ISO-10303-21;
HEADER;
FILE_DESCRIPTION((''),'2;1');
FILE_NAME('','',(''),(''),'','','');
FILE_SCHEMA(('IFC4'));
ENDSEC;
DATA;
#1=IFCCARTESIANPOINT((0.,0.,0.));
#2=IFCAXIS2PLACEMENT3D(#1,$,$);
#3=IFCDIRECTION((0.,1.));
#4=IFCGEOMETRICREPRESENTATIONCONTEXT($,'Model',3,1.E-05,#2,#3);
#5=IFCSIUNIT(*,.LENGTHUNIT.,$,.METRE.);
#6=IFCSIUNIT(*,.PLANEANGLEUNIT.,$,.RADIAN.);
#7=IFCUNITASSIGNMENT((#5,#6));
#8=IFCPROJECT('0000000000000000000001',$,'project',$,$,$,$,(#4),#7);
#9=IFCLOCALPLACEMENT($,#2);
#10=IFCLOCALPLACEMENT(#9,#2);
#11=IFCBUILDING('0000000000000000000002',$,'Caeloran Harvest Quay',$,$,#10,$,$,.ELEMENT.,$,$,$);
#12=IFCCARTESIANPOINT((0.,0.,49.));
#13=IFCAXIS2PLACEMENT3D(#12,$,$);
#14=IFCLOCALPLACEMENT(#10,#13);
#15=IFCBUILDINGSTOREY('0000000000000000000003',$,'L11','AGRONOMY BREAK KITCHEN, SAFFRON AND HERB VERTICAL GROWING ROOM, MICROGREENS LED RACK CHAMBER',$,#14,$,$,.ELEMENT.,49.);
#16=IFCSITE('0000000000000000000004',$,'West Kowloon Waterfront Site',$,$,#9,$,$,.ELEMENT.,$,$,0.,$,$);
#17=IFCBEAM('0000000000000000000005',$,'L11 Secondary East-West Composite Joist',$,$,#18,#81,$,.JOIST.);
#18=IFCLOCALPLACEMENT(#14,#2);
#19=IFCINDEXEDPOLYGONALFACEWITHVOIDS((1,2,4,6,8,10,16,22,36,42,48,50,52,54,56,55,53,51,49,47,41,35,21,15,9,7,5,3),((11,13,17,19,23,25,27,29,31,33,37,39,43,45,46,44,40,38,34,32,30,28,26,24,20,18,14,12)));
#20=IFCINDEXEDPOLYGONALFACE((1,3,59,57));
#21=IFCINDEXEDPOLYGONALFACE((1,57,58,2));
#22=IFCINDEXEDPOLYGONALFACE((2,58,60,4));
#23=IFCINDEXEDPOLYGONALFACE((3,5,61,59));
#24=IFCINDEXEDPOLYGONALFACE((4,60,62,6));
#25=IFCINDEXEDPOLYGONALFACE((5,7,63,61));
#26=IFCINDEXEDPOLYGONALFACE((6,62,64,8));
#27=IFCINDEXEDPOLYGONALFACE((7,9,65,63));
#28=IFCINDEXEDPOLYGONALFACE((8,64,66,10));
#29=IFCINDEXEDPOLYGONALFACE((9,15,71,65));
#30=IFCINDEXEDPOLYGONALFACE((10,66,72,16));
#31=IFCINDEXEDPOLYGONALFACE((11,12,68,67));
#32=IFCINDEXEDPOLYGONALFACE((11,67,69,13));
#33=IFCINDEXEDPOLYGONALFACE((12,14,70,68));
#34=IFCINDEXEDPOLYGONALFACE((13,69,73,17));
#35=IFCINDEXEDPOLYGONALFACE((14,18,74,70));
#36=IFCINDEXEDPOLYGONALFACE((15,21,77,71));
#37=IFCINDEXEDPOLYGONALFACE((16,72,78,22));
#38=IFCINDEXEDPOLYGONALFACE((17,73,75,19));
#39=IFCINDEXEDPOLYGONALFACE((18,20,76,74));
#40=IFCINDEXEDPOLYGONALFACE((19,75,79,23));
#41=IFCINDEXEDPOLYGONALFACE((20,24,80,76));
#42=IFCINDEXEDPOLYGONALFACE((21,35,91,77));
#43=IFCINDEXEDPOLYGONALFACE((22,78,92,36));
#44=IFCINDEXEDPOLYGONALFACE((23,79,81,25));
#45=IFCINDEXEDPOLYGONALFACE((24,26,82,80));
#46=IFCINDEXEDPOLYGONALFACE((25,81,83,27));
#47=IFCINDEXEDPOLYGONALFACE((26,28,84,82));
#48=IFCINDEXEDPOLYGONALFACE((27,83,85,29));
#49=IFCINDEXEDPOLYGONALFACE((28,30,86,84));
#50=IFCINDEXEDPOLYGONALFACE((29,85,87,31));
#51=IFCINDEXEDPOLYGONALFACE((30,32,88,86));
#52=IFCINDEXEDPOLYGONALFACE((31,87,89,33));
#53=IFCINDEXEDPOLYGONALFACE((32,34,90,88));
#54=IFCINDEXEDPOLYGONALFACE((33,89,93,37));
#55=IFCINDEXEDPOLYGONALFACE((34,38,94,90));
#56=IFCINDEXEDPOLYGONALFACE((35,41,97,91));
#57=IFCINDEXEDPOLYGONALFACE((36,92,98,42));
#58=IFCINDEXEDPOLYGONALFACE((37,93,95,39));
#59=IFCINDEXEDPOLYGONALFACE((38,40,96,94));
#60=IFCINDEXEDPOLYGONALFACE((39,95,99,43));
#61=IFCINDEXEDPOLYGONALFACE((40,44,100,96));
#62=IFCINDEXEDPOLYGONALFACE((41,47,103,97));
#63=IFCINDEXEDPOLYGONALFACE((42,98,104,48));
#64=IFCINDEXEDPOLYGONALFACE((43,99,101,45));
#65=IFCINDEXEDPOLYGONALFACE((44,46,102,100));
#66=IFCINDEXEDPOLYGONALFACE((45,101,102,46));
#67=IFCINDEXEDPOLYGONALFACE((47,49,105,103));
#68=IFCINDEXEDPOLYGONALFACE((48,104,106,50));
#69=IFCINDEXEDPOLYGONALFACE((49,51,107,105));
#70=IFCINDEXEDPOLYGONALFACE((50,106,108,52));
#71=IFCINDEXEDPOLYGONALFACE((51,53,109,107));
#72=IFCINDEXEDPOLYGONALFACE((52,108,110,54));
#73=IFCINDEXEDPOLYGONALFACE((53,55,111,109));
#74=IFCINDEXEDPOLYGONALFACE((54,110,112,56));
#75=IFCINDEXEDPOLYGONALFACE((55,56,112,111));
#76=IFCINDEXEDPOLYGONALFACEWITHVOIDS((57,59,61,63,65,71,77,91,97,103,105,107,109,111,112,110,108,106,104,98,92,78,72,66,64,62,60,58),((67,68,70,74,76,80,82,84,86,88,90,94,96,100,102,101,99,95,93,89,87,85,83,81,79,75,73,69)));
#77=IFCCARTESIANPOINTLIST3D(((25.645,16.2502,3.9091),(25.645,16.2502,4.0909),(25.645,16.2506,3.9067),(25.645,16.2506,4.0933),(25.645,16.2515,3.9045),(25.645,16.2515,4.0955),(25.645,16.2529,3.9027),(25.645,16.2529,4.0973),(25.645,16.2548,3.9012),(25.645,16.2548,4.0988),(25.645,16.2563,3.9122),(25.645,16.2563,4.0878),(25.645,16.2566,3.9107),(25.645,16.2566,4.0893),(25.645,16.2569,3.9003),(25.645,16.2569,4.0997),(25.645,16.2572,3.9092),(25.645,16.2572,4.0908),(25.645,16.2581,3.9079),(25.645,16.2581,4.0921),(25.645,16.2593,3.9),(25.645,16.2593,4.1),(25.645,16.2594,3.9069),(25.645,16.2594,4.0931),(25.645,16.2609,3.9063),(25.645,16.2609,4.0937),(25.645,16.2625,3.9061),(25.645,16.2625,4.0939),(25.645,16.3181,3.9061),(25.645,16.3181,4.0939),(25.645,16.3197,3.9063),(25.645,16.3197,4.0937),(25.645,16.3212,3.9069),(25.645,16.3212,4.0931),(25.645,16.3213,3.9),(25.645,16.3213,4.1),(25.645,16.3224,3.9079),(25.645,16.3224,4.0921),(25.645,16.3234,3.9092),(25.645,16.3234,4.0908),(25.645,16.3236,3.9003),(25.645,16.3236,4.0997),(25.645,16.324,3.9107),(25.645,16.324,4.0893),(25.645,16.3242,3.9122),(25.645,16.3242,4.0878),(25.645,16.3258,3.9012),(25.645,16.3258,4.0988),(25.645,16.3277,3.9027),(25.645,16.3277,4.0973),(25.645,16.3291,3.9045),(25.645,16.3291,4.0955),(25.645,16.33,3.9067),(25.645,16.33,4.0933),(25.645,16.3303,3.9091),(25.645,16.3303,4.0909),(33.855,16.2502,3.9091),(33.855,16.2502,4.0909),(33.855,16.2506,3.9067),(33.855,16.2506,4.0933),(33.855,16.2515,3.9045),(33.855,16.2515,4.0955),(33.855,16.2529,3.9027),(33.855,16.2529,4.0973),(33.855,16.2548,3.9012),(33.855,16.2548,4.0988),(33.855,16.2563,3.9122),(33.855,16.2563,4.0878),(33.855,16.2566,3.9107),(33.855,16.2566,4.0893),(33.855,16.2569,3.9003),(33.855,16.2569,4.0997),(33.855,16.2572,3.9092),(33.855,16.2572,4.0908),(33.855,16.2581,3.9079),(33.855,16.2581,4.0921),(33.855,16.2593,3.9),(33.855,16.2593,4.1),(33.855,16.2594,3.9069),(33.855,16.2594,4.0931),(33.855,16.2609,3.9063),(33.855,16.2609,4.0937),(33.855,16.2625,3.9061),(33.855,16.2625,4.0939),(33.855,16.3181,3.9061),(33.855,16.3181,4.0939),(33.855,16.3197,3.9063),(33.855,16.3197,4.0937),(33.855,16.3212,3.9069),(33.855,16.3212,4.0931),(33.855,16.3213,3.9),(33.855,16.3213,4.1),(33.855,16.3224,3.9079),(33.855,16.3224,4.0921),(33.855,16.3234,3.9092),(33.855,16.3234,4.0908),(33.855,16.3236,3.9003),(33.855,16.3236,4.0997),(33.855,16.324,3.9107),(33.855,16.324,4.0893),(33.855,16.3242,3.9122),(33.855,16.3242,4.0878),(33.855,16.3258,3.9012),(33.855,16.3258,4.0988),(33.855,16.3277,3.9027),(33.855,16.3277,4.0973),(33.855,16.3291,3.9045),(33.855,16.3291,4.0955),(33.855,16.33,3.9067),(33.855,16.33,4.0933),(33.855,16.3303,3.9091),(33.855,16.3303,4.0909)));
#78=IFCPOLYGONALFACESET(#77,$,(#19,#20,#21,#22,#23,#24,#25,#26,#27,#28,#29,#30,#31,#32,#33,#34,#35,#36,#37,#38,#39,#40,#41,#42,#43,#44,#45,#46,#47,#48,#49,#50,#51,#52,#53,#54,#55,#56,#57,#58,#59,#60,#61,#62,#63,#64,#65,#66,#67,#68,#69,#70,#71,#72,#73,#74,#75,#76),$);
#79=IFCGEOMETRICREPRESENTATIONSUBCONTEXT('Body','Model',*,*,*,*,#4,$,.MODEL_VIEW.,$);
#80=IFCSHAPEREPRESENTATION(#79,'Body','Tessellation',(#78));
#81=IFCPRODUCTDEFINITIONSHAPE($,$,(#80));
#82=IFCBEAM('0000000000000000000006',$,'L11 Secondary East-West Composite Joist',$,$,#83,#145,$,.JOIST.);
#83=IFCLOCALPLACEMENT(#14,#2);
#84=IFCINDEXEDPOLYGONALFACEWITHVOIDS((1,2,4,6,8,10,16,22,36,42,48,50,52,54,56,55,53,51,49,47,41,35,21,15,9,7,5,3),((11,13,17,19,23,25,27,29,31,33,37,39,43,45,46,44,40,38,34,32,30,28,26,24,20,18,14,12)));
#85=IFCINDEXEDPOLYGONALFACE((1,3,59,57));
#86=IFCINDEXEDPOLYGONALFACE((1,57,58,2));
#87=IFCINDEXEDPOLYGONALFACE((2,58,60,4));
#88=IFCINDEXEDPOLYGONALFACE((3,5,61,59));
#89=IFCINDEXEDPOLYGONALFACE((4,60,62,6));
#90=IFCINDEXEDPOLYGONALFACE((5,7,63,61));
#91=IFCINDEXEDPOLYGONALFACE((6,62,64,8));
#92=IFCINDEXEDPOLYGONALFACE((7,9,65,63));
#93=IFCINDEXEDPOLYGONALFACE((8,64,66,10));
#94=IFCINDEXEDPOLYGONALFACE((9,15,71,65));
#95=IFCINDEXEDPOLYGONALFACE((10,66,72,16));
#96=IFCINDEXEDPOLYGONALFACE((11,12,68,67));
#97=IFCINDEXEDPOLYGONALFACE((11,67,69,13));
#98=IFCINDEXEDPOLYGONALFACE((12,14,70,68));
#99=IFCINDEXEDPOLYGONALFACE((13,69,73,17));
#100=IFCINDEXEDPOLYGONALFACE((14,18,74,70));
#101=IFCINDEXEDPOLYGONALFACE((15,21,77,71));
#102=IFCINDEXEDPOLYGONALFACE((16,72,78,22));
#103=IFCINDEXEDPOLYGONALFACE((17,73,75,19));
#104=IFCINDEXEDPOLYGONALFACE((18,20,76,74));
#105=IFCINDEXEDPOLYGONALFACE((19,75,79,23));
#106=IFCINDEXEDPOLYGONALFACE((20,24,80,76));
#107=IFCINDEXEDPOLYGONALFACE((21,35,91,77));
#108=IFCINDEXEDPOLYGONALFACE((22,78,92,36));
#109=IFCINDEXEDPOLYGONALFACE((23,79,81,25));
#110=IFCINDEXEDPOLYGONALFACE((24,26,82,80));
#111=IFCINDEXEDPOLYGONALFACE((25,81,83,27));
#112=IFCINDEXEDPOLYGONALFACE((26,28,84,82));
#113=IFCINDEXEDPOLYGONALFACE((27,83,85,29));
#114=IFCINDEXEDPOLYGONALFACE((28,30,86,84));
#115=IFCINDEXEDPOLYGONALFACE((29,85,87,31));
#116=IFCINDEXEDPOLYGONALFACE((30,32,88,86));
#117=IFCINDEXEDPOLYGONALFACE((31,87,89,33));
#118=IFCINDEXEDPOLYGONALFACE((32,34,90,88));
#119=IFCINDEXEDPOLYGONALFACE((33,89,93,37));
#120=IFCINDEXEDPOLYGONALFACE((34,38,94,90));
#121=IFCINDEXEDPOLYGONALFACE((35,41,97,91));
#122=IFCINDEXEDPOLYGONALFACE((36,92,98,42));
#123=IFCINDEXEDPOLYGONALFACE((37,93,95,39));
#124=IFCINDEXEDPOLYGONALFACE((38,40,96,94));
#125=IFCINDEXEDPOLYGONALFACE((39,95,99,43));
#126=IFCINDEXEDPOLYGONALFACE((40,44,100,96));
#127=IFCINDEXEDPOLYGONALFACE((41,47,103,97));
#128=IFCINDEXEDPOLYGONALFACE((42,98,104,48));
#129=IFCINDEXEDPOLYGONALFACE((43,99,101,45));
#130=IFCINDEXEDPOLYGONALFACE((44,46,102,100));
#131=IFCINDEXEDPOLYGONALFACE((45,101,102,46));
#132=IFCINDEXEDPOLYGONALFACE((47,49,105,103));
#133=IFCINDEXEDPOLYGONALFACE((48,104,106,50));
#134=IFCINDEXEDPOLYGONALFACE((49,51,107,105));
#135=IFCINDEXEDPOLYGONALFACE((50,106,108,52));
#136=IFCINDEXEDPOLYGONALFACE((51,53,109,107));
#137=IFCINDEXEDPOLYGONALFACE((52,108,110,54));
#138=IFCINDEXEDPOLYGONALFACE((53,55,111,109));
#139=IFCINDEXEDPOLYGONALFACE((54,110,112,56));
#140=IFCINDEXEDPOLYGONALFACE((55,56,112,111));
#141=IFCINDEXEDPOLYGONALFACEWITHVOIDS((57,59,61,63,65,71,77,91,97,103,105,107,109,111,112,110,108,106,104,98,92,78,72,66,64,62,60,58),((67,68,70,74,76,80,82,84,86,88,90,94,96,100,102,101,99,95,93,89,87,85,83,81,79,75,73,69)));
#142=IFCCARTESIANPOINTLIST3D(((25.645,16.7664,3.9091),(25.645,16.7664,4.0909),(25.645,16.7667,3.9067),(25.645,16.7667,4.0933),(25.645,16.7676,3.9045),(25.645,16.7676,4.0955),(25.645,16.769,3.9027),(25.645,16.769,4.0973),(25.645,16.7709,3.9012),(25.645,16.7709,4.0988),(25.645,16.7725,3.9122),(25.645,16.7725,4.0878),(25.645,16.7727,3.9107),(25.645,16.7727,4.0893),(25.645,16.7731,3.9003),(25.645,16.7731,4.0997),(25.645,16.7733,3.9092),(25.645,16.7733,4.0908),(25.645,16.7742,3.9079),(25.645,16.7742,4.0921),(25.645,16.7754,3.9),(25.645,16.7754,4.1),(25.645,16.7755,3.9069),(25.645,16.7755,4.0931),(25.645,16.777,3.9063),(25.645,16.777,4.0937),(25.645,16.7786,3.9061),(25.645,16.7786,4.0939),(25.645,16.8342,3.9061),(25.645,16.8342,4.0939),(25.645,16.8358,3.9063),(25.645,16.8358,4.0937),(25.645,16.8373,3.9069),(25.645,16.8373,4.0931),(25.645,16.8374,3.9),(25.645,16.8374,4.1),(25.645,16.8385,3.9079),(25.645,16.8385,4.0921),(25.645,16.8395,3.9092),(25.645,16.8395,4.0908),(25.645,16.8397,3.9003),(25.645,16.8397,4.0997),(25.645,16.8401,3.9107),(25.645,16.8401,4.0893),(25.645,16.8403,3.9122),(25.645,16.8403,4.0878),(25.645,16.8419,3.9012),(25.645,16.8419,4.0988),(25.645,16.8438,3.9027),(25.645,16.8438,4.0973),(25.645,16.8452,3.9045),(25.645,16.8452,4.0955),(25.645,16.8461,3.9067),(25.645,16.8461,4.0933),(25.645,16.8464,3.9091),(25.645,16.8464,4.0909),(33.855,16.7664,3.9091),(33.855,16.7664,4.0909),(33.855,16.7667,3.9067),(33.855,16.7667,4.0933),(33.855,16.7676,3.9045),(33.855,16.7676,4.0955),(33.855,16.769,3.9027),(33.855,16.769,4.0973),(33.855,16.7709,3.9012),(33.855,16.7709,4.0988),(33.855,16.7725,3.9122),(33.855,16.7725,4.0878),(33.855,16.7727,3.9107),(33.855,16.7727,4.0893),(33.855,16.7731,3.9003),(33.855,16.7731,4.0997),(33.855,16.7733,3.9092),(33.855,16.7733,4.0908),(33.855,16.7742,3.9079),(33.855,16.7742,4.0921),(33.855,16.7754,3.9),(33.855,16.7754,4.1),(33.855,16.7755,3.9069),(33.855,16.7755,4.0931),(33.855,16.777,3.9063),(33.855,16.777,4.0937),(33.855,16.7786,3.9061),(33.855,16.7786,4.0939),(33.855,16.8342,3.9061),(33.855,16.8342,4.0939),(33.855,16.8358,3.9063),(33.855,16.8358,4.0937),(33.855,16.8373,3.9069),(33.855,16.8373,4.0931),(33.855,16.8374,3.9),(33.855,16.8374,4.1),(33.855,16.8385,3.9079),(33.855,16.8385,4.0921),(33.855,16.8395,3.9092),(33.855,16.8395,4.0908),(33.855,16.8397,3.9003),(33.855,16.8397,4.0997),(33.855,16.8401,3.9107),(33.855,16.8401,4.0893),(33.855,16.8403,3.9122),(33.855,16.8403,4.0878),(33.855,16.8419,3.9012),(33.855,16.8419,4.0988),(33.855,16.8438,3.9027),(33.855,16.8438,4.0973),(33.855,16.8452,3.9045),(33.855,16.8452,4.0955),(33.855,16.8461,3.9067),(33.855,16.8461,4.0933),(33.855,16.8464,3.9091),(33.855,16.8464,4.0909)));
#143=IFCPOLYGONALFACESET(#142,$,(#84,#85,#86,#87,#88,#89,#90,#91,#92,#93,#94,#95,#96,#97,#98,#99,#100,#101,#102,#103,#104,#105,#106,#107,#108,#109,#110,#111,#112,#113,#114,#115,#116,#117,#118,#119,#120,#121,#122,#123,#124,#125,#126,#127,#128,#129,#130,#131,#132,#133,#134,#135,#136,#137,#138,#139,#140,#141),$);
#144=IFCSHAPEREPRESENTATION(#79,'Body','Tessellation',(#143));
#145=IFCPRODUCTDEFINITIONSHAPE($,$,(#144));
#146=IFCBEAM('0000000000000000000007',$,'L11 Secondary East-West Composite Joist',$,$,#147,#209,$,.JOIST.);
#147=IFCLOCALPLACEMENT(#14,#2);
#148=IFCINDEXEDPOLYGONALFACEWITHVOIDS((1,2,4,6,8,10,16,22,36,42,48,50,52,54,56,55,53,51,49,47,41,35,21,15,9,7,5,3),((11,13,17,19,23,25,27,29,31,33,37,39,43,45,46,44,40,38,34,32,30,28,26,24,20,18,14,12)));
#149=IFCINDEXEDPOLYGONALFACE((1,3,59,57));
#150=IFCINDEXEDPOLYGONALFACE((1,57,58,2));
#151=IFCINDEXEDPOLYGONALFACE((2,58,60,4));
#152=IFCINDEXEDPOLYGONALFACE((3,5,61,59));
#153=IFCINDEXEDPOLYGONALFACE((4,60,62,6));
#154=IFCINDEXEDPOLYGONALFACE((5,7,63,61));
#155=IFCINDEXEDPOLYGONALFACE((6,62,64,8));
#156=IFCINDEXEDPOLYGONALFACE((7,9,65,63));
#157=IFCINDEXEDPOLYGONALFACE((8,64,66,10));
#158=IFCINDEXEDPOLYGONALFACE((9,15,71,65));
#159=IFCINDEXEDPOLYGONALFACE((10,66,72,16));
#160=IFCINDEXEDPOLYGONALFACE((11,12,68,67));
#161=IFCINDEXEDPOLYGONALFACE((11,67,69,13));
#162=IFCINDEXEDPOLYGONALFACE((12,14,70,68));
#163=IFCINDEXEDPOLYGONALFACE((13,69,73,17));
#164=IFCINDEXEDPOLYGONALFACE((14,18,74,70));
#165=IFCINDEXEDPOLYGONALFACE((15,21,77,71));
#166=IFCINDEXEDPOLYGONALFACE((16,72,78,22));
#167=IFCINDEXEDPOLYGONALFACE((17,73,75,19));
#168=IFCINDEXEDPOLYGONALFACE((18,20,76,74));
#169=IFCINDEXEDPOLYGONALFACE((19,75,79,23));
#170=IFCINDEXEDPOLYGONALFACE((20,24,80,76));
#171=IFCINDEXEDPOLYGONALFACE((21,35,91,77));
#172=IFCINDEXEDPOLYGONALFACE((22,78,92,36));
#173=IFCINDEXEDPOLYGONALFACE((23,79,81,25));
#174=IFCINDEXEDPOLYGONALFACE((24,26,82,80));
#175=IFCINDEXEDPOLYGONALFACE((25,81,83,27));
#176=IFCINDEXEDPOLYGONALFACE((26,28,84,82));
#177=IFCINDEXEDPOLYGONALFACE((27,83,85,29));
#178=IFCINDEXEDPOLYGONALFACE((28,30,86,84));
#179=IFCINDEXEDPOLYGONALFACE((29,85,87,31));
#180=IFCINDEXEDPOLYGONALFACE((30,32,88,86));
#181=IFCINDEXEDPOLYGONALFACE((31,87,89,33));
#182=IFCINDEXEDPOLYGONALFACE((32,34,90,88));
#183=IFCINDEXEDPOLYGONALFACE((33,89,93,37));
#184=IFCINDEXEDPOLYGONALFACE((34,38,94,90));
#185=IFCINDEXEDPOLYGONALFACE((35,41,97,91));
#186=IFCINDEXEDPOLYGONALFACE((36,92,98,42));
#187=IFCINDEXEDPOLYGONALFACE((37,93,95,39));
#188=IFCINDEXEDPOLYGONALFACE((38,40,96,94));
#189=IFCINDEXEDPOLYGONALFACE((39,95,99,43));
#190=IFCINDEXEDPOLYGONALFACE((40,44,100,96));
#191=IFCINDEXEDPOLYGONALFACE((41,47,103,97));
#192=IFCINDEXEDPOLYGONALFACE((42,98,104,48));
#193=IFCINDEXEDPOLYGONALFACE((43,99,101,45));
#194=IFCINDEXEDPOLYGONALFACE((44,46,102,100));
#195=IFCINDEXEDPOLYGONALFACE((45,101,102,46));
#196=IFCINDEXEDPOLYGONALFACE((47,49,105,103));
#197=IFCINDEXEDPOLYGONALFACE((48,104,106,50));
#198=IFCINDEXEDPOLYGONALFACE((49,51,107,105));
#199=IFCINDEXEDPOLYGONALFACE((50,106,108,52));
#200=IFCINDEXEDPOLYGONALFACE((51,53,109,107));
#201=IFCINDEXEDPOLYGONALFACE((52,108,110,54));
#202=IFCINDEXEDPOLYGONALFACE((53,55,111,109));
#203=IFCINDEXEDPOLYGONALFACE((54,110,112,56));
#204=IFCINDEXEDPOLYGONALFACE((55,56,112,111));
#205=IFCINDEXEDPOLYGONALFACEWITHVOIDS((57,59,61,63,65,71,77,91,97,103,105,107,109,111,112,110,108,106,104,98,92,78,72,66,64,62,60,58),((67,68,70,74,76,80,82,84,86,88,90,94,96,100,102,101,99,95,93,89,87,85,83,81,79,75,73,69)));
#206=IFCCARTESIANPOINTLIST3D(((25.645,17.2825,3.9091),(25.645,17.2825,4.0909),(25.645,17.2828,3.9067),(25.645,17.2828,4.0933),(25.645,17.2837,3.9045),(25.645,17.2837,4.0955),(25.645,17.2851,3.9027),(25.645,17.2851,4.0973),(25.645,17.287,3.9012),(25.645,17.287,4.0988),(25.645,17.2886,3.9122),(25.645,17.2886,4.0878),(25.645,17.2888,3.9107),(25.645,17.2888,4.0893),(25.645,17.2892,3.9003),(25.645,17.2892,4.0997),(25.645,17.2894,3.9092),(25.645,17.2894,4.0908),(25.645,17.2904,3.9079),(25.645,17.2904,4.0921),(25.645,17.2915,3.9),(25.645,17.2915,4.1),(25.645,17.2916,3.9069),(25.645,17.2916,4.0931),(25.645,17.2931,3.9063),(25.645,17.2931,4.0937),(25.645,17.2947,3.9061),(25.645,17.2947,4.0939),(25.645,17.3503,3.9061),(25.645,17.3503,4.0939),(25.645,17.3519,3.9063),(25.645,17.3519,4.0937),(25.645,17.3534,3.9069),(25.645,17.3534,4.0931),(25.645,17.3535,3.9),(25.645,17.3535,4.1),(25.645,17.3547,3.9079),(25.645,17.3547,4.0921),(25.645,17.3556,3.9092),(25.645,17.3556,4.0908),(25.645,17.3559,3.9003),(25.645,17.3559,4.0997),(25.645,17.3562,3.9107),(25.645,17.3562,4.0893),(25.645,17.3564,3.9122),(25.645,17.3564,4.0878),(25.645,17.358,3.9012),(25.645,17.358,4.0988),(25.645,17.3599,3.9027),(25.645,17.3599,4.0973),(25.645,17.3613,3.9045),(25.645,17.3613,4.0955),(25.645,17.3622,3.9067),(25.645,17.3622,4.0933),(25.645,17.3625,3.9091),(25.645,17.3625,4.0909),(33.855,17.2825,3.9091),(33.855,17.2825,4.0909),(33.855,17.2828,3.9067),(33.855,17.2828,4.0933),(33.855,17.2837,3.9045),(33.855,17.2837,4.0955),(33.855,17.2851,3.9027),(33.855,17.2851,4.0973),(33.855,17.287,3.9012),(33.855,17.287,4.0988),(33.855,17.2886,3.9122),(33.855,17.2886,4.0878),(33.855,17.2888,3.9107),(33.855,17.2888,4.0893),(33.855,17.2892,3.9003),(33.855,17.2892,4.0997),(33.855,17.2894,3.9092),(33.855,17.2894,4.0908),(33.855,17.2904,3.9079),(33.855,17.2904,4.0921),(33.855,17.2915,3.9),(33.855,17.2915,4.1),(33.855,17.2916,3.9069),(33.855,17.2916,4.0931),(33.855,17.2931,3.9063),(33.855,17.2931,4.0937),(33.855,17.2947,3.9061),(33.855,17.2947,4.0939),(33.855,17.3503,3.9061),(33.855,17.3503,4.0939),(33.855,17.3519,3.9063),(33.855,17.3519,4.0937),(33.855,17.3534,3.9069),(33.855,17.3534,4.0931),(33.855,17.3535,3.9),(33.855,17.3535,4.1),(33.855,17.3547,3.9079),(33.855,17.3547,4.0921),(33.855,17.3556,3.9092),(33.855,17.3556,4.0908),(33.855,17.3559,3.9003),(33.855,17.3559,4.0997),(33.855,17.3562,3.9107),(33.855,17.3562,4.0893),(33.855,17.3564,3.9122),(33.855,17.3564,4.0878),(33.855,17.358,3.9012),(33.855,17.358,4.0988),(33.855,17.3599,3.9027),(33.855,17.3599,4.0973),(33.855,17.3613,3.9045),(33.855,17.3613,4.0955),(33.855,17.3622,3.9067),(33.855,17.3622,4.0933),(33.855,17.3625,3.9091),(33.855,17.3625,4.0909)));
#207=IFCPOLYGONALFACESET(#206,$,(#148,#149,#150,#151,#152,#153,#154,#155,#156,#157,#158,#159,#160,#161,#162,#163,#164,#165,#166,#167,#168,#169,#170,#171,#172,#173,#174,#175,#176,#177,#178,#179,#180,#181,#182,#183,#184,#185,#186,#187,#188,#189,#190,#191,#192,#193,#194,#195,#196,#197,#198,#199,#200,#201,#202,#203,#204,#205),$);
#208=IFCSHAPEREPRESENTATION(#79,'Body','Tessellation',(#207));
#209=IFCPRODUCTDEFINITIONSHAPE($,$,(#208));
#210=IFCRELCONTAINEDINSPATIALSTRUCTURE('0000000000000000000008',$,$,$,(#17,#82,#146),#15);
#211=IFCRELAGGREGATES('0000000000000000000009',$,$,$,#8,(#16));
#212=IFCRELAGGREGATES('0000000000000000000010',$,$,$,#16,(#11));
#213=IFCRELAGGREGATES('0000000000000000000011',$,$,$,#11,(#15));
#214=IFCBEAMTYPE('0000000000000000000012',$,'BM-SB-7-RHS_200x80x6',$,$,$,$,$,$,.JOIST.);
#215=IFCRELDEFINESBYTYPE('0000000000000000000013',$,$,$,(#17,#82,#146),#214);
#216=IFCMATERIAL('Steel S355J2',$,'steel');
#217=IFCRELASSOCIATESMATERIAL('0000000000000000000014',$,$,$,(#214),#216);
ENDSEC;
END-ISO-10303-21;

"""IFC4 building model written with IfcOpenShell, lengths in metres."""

from ifc_helpers import new_model, si_unit, direction, frame, origin, origin_2d, place, context, subcontext, project, spatial, hollow_rectangle, extrude, material, material_profile, profile_set, type_object, element, save


model = new_model("IFC4")

# Units and contexts
model_context = context("Model", 3, precision=1e-05, world=origin(), true_north=direction((0.0, 1.0)))
body_context = subcontext(model_context, "Body", "Model", "MODEL_VIEW")
ifc_project = project(units=[si_unit("LENGTHUNIT", "METRE"), si_unit("PLANEANGLEUNIT", "RADIAN")], contexts=[model_context])

# Site, building, storey
site_placement = place(None, origin())
site = spatial("IfcSite", under=ifc_project, at=site_placement, Name="West Kowloon Waterfront Site", CompositionType="ELEMENT", RefElevation=0.0)
building_placement = place(site_placement, origin())
building = spatial("IfcBuilding", under=site, at=building_placement, Name="Caeloran Harvest Quay", CompositionType="ELEMENT")
storey_placement = place(building_placement, frame((0.0, 0.0, 49.0)))
storey = spatial("IfcBuildingStorey", under=building, at=storey_placement, Name="L11", Description="AGRONOMY BREAK KITCHEN, SAFFRON AND HERB VERTICAL GROWING ROOM, MICROGREENS LED RACK CHAMBER", CompositionType="ELEMENT", Elevation=49.0)

# Beams
ifc_material_1 = material(Name="Steel S355J2", Category="steel")
ifc_material_profile_1 = material_profile(ifc_material_1, hollow_rectangle(XDim=0.0801, YDim=0.2, WallThickness=0.0061, InnerFilletRadius=0.0061, OuterFilletRadius=0.009, at=origin_2d()), Name="RHS 200x80x6")
ifc_profile_set_1 = profile_set([ifc_material_profile_1], Name="Steel S355J2")
beam_type_1 = type_object("IfcBeamType", Name="BM-SB-7-RHS_200x80x6", PredefinedType="JOIST", material=ifc_profile_set_1)
for number, where, z_axis, x_axis, name in (
    (1, (25.645, 16.2903, 4.0), (1.0, 0.0, 0.0), (0.0, 1.0, 0.0), "L11 Secondary East-West Composite Joist"),
    (2, (25.645, 16.8064, 4.0), (1.0, 0.0, 0.0), (0.0, 1.0, 0.0), "L11 Secondary East-West Composite Joist"),
    (3, (25.645, 17.3225, 4.0), (1.0, 0.0, 0.0), (0.0, 1.0, 0.0), "L11 Secondary East-West Composite Joist"),
):
    element("IfcBeam", number, at=place(storey_placement, frame(where, z_axis=z_axis, x_axis=x_axis)), inside=storey, type_object=beam_type_1, Name=name, PredefinedType="JOIST", context=body_context, shape_type="SweptSolid", body=[
        extrude(hollow_rectangle(XDim=0.0801, YDim=0.2, WallThickness=0.0061, InnerFilletRadius=0.0061, OuterFilletRadius=0.009, at=origin_2d()), origin(), (0.0, 0.0, 1.0), 8.21),
    ])

save(model, "model.ifc")
